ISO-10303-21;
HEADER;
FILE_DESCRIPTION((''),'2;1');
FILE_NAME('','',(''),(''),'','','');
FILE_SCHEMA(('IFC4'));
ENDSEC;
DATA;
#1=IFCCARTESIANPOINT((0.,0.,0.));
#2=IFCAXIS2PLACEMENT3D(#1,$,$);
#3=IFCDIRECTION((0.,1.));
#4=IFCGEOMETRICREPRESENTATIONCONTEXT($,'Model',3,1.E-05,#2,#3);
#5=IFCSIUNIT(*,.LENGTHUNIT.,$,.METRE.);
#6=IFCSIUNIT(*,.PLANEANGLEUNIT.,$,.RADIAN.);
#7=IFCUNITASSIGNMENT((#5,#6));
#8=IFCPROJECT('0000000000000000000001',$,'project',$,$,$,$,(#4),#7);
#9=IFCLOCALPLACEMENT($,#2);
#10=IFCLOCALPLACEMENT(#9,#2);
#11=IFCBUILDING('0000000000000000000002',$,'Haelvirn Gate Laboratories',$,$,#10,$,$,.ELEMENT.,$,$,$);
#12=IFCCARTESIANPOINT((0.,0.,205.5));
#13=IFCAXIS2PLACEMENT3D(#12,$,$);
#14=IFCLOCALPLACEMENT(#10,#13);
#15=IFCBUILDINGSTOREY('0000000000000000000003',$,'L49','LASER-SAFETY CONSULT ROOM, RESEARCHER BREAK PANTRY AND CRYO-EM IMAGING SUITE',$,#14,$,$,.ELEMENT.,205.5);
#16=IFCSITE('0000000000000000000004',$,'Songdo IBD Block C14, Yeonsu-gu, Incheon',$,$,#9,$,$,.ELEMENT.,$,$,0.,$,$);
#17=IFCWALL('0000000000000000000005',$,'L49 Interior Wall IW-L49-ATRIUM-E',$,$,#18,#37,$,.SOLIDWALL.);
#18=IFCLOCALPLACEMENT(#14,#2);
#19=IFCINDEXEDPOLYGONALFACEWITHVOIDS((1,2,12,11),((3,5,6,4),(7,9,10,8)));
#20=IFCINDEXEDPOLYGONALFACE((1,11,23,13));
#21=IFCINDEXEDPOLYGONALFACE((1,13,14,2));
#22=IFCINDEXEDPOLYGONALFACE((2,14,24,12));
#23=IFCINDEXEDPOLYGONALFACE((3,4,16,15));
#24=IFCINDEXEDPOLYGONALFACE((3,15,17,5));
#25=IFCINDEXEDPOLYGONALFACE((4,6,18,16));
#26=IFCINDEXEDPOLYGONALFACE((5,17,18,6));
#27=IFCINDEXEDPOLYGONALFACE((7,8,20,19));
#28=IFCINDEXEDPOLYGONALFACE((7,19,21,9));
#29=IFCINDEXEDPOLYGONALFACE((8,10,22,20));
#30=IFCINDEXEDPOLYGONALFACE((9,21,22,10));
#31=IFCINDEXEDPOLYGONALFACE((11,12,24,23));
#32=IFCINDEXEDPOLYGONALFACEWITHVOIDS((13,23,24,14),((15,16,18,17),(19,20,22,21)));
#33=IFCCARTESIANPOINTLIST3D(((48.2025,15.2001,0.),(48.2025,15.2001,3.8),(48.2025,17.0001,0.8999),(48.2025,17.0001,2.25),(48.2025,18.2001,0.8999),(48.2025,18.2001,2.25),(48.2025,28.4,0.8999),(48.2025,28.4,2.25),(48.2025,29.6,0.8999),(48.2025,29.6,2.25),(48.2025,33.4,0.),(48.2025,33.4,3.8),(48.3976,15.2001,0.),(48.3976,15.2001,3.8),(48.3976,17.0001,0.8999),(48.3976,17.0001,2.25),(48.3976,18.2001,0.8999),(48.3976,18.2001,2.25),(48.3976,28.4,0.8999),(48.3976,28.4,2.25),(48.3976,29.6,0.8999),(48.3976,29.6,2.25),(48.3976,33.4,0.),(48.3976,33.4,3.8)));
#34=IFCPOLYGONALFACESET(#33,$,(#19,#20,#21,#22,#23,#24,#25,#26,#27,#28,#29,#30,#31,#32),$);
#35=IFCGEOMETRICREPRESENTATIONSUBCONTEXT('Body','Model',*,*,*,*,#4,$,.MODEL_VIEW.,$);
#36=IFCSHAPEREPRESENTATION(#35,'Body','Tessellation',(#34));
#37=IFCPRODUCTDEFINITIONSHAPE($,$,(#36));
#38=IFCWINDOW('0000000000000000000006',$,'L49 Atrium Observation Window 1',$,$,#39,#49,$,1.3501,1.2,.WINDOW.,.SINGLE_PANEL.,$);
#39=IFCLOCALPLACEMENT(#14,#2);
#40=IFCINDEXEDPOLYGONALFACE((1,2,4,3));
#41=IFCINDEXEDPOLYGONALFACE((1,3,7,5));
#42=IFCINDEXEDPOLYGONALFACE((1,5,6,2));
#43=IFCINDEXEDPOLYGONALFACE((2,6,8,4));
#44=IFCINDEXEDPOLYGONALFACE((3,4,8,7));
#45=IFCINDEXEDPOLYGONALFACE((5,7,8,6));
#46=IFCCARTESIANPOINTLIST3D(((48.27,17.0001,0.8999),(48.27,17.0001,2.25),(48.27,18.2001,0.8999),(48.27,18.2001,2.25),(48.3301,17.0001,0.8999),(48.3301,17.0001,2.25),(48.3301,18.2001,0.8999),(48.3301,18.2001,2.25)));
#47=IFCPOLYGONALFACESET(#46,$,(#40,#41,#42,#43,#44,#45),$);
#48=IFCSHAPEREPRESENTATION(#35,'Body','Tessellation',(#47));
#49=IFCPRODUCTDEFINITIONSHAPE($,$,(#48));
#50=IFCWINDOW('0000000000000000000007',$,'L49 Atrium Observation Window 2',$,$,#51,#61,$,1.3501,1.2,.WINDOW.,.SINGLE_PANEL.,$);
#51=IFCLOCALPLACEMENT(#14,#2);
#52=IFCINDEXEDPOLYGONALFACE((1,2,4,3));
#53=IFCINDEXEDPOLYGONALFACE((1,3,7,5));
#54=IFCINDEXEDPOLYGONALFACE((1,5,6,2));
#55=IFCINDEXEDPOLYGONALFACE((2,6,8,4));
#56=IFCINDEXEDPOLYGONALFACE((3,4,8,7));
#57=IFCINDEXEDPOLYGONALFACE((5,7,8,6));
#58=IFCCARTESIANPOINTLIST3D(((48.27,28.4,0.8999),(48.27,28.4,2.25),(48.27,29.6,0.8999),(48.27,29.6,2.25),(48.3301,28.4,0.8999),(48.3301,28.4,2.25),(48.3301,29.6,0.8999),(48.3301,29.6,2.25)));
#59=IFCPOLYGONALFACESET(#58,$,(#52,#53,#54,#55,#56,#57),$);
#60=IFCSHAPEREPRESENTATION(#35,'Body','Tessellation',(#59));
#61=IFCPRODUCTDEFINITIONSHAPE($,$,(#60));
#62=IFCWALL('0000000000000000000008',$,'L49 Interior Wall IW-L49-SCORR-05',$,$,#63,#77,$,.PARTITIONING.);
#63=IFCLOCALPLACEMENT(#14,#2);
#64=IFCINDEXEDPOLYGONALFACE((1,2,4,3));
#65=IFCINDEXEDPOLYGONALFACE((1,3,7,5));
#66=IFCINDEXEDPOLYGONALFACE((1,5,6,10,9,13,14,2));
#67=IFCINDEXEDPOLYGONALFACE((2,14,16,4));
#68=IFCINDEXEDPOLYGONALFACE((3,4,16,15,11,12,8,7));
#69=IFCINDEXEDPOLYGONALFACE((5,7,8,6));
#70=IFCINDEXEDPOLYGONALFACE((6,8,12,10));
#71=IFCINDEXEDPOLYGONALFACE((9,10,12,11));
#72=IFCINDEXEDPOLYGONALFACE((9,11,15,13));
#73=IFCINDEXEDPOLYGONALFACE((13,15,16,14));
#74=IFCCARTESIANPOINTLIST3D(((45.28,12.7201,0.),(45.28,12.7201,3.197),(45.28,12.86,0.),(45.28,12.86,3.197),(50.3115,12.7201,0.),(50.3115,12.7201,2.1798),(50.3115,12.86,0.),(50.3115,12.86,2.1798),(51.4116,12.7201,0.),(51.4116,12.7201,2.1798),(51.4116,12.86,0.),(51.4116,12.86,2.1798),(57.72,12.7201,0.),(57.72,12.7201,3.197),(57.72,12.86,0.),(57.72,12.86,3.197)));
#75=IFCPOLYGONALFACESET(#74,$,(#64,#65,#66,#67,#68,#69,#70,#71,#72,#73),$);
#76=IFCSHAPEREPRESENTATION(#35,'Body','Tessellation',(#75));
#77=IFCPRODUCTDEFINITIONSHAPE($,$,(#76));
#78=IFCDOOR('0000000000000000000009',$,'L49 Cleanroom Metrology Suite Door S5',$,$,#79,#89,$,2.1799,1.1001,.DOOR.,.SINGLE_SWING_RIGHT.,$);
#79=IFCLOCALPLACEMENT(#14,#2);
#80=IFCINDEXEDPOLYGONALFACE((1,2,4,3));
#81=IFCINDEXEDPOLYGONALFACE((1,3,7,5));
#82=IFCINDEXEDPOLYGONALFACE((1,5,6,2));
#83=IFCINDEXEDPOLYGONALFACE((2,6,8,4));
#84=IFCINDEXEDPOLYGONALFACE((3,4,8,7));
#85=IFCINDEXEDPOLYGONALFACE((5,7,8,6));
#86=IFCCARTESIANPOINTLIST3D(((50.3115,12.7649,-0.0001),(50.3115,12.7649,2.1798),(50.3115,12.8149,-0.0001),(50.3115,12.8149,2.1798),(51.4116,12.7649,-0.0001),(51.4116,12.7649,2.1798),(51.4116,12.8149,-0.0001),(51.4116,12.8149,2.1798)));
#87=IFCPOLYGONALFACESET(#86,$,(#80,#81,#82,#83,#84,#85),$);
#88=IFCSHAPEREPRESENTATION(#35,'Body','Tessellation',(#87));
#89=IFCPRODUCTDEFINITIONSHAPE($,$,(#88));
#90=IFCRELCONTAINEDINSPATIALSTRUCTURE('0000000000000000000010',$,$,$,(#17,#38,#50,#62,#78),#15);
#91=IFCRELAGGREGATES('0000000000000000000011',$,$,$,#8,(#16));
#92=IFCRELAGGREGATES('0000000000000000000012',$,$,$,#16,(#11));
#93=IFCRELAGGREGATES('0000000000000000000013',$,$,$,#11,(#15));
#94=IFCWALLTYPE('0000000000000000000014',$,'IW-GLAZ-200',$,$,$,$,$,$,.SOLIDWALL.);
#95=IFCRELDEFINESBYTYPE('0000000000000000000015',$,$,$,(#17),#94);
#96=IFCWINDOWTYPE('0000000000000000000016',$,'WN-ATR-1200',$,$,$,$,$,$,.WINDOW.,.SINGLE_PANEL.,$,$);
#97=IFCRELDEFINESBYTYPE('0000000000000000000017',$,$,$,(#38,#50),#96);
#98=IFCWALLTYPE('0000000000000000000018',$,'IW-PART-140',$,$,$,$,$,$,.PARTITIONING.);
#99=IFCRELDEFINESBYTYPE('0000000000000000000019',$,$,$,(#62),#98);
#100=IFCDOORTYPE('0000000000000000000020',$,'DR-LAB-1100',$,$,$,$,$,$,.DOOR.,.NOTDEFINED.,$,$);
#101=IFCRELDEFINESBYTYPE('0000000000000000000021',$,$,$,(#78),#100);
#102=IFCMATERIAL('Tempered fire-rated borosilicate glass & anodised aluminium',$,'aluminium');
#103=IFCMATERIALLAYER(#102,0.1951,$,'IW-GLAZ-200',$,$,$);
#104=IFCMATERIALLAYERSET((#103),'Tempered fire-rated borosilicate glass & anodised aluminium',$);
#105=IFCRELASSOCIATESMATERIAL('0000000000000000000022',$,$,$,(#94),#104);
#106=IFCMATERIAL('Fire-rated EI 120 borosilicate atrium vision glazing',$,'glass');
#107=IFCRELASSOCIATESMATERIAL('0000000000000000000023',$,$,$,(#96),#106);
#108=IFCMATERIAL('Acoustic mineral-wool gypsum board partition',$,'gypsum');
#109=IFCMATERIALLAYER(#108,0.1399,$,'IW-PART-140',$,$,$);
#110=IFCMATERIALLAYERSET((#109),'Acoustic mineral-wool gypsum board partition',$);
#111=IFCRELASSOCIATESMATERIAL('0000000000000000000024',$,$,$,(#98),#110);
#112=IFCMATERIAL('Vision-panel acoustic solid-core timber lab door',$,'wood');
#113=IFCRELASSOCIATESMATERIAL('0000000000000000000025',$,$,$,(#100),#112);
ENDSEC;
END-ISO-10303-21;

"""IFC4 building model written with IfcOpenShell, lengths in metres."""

from ifc_helpers import new_model, si_unit, direction, frame, frame_2d, origin, place, context, subcontext, project, spatial, rectangle, extrude, source, transform, mapped, material, layer, layer_set, type_object, type_shapes, element, fill, save


model = new_model("IFC4")

# Units and contexts
model_context = context("Model", 3, precision=1e-05, world=origin(), true_north=direction((0.0, 1.0)))
body_context = subcontext(model_context, "Body", "Model", "MODEL_VIEW")
ifc_project = project(units=[si_unit("LENGTHUNIT", "METRE"), si_unit("PLANEANGLEUNIT", "RADIAN")], contexts=[model_context])

# Site, building, storey
site_placement = place(None, origin())
site = spatial("IfcSite", under=ifc_project, at=site_placement, Name="Songdo IBD Block C14, Yeonsu-gu, Incheon", CompositionType="ELEMENT", RefElevation=0.0)
building_placement = place(site_placement, origin())
building = spatial("IfcBuilding", under=site, at=building_placement, Name="Haelvirn Gate Laboratories", CompositionType="ELEMENT")
storey_placement = place(building_placement, frame((0.0, 0.0, 205.5)))
storey = spatial("IfcBuildingStorey", under=building, at=storey_placement, Name="L49", Description="LASER-SAFETY CONSULT ROOM, RESEARCHER BREAK PANTRY AND CRYO-EM IMAGING SUITE", CompositionType="ELEMENT", Elevation=205.5)

# Wall, openings, windows
ifc_material_1 = material(Name="Tempered fire-rated borosilicate glass & anodised aluminium", Category="aluminium")
ifc_layer_1 = layer(ifc_material_1, 0.1951, Name="IW-GLAZ-200")
ifc_layer_set_1 = layer_set([ifc_layer_1], Name="Tempered fire-rated borosilicate glass & anodised aluminium")
wall_type_1 = type_object("IfcWallType", Name="IW-GLAZ-200", PredefinedType="SOLIDWALL", material=ifc_layer_set_1)
wall_1_placement = place(storey_placement, frame((48.3, 15.2, 0.0), z_axis=(0.0, 0.0, 1.0), x_axis=(0.0, 1.0, 0.0)))
wall_1 = element("IfcWall", 1, at=wall_1_placement, inside=storey, type_object=wall_type_1, Name="L49 Interior Wall IW-L49-ATRIUM-E", PredefinedType="SOLIDWALL", context=body_context, shape_type="SweptSolid", body=[
    extrude(rectangle(XDim=18.2, YDim=0.1951, at=frame_2d((9.1001, 0.0))), origin(), (0.0, 0.0, 1.0), 3.8),
])
opening_1_placement = place(wall_1_placement, frame((1.8, 0.0, 0.8999)))
opening_1 = element("IfcOpeningElement", 2, at=opening_1_placement, cuts=wall_1, PredefinedType="OPENING", context=body_context, shape_type="SweptSolid", body=[
    extrude(rectangle(XDim=1.2, YDim=1.3501, at=frame_2d((0.6001, 0.675))), frame((0.0, 0.1074, 0.0), z_axis=(0.0, -1.0, 0.0), x_axis=(1.0, 0.0, 0.0)), (0.0, 0.0, 1.0), 0.2151),
])
opening_2_placement = place(wall_1_placement, frame((13.2, 0.0, 0.8999)))
opening_2 = element("IfcOpeningElement", 3, at=opening_2_placement, cuts=wall_1, PredefinedType="OPENING", context=body_context, shape_type="SweptSolid", body=[
    extrude(rectangle(XDim=1.2, YDim=1.3501, at=frame_2d((0.6001, 0.675))), frame((0.0, 0.1074, 0.0), z_axis=(0.0, -1.0, 0.0), x_axis=(1.0, 0.0, 0.0)), (0.0, 0.0, 1.0), 0.2151),
])
ifc_material_2 = material(Name="Fire-rated EI 120 borosilicate atrium vision glazing", Category="glass")
window_type = type_object("IfcWindowType", Name="WN-ATR-1200", PartitioningType="SINGLE_PANEL", PredefinedType="WINDOW", material=ifc_material_2)
shared_shape_1 = source(origin(), body_context, "Body", "SweptSolid", [
    extrude(rectangle(XDim=1.2, YDim=1.3501, at=frame_2d((0.6001, 0.675))), frame((0.0, 0.03, 0.0), z_axis=(0.0, -1.0, 0.0), x_axis=(1.0, 0.0, 0.0)), (0.0, 0.0, 1.0), 0.0601),
])
type_shapes(window_type, [shared_shape_1])
window_1_placement = place(opening_1_placement, origin())
window_1 = element("IfcWindow", 4, at=window_1_placement, inside=storey, type_object=window_type, Name="L49 Atrium Observation Window 1", OverallHeight=1.3501, OverallWidth=1.2, PartitioningType="SINGLE_PANEL", PredefinedType="WINDOW", context=body_context, shape_type="MappedRepresentation", body=[
    mapped(shared_shape_1, transform((0.0, 0.0, 0.0), scale=1.0)),
])
fill(opening_1, window_1)
window_2_placement = place(opening_2_placement, origin())
window_2 = element("IfcWindow", 5, at=window_2_placement, inside=storey, type_object=window_type, Name="L49 Atrium Observation Window 2", OverallHeight=1.3501, OverallWidth=1.2, PartitioningType="SINGLE_PANEL", PredefinedType="WINDOW", context=body_context, shape_type="MappedRepresentation", body=[
    mapped(shared_shape_1, transform((0.0, 0.0, 0.0), scale=1.0)),
])
fill(opening_2, window_2)

# Wall, opening, door
ifc_material_3 = material(Name="Acoustic mineral-wool gypsum board partition", Category="gypsum")
ifc_layer_2 = layer(ifc_material_3, 0.1399, Name="IW-PART-140")
ifc_layer_set_2 = layer_set([ifc_layer_2], Name="Acoustic mineral-wool gypsum board partition")
wall_type_2 = type_object("IfcWallType", Name="IW-PART-140", PredefinedType="PARTITIONING", material=ifc_layer_set_2)
wall_2_placement = place(storey_placement, frame((45.28, 12.79, 0.0), z_axis=(0.0, 0.0, 1.0), x_axis=(1.0, 0.0, 0.0)))
wall_2 = element("IfcWall", 6, at=wall_2_placement, inside=storey, type_object=wall_type_2, Name="L49 Interior Wall IW-L49-SCORR-05", PredefinedType="PARTITIONING", context=body_context, shape_type="SweptSolid", body=[
    extrude(rectangle(XDim=12.4399, YDim=0.1399, at=frame_2d((6.22, 0.0))), origin(), (0.0, 0.0, 1.0), 3.197),
])
opening_3_placement = place(wall_2_placement, frame((5.0315, 0.0, 0.0)))
opening_3 = element("IfcOpeningElement", 7, at=opening_3_placement, cuts=wall_2, PredefinedType="OPENING", context=body_context, shape_type="SweptSolid", body=[
    extrude(rectangle(XDim=1.1001, YDim=2.1799, at=frame_2d((0.55, 1.0898))), frame((0.0, 0.0801, 0.0), z_axis=(0.0, -1.0, 0.0), x_axis=(1.0, 0.0, 0.0)), (0.0, 0.0, 1.0), 0.1599),
])
ifc_material_4 = material(Name="Vision-panel acoustic solid-core timber lab door", Category="wood")
door_type = type_object("IfcDoorType", Name="DR-LAB-1100", OperationType="NOTDEFINED", PredefinedType="DOOR", material=ifc_material_4)
shared_shape_2 = source(origin(), body_context, "Body", "SweptSolid", [
    extrude(rectangle(XDim=1.1001, YDim=2.1799, at=frame_2d((0.55, 1.0898))), frame((0.0, 0.0249, 0.0), z_axis=(0.0, -1.0, 0.0), x_axis=(1.0, 0.0, 0.0)), (0.0, 0.0, 1.0), 0.05),
])
type_shapes(door_type, [shared_shape_2])
door_placement = place(opening_3_placement, origin())
door = element("IfcDoor", 8, at=door_placement, inside=storey, type_object=door_type, Name="L49 Cleanroom Metrology Suite Door S5", OperationType="SINGLE_SWING_RIGHT", OverallHeight=2.1799, OverallWidth=1.1001, PredefinedType="DOOR", context=body_context, shape_type="MappedRepresentation", body=[
    mapped(shared_shape_2, transform((0.0, 0.0, 0.0), scale=1.0)),
])
fill(opening_3, door)

save(model, "model.ifc")
